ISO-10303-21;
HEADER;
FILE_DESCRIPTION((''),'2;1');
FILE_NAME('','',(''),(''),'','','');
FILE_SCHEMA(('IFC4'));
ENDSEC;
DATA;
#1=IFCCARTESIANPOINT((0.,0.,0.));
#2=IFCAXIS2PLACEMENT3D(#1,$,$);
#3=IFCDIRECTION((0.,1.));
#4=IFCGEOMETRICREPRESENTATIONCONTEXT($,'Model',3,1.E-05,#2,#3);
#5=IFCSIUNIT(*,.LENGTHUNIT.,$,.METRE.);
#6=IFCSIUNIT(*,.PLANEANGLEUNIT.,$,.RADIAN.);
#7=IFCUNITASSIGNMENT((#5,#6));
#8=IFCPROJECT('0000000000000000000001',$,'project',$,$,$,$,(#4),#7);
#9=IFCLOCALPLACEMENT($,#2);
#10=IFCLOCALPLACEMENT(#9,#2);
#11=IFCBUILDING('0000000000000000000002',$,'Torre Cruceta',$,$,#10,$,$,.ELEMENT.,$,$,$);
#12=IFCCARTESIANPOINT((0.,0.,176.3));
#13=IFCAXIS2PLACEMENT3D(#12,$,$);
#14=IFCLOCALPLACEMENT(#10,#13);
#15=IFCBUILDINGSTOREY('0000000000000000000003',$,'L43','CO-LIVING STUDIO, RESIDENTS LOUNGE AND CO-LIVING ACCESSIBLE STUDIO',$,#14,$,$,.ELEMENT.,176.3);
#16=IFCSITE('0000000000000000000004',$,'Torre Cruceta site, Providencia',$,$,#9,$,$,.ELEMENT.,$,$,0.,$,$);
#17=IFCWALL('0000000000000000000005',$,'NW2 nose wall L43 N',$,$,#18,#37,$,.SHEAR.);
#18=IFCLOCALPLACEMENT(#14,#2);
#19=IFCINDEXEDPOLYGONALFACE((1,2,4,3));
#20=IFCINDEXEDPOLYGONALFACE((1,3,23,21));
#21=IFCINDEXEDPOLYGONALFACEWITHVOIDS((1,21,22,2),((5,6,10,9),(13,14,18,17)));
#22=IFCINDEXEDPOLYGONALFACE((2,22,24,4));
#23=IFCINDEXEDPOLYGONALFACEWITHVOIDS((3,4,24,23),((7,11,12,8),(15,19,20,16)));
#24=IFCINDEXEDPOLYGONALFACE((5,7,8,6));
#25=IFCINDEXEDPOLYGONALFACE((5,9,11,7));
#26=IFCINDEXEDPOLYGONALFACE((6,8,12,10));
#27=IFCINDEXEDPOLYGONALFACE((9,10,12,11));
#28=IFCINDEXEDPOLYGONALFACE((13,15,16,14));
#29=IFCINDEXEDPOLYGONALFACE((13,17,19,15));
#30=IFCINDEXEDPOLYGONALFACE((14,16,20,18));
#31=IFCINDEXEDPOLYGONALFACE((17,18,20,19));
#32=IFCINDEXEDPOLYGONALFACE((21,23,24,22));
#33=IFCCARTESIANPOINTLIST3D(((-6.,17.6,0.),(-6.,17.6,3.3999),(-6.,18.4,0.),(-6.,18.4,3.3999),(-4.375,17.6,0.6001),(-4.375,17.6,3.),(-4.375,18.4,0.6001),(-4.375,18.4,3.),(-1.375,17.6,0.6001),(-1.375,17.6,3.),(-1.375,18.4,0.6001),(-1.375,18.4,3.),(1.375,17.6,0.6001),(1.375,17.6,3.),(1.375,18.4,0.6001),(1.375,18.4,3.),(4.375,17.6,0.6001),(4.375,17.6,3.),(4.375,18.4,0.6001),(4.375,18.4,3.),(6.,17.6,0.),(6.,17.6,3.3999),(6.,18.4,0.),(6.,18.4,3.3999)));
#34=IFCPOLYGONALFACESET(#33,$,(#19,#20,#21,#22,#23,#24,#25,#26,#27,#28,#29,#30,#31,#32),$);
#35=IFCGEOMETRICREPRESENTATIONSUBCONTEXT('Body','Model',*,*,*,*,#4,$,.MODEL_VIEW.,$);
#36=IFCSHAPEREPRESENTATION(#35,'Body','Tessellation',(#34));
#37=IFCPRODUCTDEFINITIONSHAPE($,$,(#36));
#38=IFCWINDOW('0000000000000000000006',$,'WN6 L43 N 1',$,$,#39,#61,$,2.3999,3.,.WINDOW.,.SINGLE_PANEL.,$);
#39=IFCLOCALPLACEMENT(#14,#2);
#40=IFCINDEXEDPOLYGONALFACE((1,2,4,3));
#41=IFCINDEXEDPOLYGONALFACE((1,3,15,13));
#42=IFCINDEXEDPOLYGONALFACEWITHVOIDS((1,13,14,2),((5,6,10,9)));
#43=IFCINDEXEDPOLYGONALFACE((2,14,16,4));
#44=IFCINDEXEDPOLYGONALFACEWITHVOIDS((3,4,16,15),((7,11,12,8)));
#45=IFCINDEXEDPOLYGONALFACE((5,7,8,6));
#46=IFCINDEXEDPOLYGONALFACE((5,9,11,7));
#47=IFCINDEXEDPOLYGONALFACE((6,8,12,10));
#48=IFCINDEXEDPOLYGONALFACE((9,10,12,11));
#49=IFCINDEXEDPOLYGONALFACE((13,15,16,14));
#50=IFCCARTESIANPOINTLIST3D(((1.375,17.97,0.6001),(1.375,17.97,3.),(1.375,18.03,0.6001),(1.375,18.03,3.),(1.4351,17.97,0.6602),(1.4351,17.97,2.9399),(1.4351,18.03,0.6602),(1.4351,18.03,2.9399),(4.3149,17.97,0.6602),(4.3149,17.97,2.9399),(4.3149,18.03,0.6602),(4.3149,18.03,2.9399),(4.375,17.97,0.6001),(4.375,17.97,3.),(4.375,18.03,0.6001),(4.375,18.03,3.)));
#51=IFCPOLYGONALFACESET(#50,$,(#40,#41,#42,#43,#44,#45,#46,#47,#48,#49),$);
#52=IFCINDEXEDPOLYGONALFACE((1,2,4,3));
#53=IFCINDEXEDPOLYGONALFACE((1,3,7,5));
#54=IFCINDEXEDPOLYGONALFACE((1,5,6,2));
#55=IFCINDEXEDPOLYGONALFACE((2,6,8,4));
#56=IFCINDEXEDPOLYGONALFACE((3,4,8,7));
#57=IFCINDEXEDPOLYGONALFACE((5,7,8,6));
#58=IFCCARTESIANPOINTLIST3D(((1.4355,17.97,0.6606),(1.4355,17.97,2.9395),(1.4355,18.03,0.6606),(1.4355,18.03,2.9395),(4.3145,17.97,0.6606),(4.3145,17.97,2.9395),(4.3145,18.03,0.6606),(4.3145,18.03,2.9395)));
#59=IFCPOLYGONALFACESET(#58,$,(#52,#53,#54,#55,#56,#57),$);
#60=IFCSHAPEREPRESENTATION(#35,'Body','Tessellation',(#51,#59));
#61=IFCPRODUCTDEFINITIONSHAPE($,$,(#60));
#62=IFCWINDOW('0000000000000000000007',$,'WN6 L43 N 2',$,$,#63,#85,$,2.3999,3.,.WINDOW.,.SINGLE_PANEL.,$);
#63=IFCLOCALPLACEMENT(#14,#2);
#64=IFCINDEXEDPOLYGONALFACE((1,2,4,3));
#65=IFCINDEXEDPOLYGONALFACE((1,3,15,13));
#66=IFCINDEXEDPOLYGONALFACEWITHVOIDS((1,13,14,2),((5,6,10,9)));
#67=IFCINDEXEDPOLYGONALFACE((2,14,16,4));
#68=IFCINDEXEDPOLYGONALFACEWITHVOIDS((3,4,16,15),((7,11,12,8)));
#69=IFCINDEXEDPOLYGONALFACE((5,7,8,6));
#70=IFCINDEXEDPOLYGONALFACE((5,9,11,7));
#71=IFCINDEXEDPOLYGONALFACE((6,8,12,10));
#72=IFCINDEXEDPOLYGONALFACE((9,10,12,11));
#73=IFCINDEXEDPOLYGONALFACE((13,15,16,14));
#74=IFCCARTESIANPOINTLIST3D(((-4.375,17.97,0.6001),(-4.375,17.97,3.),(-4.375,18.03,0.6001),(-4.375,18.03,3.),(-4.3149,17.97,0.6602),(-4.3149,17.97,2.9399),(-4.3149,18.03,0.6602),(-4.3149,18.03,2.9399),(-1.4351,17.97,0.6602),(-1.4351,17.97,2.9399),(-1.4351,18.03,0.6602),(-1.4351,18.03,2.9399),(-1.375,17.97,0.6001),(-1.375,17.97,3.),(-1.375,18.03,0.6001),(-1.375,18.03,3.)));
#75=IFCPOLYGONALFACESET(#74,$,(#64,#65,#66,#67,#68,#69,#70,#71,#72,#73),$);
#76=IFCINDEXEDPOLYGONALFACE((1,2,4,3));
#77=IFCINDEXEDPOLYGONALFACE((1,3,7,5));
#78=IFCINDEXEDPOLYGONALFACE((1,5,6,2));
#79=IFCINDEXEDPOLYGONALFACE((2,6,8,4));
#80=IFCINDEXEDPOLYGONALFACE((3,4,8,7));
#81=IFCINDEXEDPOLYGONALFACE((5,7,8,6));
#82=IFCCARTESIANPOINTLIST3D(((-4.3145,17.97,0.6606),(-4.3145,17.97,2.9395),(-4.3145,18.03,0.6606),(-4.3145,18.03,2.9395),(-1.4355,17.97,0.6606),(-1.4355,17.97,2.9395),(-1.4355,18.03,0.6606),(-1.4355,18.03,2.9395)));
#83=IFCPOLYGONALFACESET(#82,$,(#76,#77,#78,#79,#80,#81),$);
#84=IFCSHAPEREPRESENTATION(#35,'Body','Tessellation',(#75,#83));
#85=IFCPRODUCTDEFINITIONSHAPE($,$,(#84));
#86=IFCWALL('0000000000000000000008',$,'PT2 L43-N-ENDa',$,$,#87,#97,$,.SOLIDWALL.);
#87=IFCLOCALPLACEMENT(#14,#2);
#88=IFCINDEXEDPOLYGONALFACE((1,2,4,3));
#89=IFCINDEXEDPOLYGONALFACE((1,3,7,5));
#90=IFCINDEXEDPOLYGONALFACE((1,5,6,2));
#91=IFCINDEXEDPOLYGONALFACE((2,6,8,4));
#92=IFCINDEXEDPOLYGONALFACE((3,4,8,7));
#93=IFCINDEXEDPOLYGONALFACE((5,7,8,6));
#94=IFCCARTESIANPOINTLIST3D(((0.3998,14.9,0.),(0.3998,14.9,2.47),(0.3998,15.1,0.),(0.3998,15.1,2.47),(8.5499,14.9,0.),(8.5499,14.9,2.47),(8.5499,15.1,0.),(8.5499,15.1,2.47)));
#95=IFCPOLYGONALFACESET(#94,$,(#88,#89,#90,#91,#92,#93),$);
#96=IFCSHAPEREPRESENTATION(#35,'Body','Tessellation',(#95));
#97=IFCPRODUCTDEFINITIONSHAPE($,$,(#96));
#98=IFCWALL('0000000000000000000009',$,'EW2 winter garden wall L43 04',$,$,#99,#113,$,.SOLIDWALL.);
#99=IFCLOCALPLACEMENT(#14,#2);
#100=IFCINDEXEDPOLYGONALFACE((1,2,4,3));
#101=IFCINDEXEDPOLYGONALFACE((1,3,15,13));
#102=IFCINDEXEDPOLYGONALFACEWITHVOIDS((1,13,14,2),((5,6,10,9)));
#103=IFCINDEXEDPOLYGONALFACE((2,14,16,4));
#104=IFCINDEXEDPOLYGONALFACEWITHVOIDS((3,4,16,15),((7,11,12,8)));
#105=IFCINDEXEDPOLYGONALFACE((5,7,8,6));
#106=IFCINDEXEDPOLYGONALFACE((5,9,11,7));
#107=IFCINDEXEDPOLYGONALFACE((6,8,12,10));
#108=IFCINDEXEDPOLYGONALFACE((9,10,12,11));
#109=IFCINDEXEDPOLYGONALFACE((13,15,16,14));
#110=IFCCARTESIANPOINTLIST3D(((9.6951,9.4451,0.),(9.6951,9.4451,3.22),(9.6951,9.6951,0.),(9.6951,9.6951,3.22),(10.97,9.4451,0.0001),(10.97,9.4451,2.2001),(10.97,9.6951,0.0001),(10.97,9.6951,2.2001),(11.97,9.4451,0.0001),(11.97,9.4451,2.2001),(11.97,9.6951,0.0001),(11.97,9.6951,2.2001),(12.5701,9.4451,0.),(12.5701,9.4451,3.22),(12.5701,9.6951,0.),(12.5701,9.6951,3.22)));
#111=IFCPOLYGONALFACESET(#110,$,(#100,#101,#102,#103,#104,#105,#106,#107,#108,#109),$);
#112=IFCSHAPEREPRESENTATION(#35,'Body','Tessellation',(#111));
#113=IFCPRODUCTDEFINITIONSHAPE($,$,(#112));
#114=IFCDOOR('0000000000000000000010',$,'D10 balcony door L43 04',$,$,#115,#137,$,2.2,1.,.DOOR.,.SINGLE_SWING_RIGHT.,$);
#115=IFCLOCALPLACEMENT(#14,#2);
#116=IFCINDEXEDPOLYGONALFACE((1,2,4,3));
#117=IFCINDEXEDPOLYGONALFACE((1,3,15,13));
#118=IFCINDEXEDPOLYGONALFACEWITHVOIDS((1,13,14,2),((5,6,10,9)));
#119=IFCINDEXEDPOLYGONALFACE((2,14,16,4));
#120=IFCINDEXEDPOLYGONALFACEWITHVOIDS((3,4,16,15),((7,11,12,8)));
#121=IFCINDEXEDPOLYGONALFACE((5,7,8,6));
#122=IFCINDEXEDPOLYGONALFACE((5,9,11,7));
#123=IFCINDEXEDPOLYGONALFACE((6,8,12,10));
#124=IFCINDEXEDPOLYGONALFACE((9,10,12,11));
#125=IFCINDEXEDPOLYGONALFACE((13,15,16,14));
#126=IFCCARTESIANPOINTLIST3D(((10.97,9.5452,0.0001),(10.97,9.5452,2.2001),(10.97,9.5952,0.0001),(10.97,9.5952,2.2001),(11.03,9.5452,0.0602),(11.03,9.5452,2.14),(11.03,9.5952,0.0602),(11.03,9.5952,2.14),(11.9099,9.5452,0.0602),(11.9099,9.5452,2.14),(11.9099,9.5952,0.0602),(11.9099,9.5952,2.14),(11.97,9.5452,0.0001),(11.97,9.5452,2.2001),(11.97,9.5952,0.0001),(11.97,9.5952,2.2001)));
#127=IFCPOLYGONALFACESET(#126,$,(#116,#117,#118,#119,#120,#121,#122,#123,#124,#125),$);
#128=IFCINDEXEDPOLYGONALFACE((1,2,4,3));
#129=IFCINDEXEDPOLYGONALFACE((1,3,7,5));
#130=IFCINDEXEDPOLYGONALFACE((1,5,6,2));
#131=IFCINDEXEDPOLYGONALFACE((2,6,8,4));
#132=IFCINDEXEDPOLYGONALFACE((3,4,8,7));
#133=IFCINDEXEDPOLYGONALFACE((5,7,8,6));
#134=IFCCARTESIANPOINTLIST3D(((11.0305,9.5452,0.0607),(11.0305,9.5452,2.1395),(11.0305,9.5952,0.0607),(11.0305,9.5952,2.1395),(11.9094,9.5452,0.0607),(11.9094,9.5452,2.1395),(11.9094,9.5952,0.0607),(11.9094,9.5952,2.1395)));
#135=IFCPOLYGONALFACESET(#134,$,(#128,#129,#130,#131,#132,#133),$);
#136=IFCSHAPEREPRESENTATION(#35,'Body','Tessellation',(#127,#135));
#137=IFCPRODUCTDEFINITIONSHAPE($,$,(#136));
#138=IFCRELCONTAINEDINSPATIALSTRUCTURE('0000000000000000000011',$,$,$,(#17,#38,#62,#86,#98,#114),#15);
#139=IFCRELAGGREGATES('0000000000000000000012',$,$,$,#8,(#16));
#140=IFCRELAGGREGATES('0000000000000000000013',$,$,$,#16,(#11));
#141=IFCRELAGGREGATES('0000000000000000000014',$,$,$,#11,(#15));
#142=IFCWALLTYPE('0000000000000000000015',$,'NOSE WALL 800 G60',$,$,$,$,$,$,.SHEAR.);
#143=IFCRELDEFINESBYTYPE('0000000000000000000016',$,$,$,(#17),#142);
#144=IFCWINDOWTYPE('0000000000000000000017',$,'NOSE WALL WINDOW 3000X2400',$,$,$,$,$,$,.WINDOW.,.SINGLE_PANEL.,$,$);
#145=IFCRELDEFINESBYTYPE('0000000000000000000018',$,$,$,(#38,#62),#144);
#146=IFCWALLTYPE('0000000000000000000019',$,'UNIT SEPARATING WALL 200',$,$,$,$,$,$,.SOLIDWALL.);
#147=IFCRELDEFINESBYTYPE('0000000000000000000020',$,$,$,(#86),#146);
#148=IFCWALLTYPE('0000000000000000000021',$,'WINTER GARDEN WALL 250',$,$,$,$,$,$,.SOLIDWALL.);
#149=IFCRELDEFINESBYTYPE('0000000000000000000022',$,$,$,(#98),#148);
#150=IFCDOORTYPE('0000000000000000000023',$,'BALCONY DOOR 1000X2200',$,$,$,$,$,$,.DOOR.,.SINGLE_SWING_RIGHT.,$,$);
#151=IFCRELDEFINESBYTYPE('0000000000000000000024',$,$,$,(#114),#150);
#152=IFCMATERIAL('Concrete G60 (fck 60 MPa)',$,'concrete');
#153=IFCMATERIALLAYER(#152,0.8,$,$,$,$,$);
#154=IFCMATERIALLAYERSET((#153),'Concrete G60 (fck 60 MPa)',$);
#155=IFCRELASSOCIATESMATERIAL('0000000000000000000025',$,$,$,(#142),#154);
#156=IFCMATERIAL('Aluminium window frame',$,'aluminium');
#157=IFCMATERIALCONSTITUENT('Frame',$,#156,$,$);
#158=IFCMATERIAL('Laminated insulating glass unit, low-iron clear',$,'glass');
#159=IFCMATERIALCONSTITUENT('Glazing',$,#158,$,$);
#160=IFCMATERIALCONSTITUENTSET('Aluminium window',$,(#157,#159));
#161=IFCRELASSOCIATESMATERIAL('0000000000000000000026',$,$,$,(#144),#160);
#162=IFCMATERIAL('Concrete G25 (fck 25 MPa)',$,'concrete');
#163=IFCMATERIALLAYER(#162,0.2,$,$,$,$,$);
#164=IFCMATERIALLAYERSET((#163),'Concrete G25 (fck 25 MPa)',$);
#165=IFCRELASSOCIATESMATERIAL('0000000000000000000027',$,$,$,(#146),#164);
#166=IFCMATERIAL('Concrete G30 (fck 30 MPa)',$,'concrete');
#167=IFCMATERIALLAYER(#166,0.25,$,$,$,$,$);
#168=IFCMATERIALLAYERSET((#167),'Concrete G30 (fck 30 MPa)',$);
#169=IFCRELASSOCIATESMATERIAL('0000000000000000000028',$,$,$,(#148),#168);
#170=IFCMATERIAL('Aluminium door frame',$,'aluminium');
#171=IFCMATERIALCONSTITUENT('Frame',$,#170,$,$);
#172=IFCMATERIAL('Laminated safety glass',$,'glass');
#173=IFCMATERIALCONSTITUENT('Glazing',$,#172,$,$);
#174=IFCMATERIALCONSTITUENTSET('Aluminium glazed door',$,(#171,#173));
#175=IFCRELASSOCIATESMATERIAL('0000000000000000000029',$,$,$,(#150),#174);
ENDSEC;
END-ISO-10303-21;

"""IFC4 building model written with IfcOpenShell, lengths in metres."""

from ifc_helpers import new_model, si_unit, direction, frame, frame_2d, origin, place, context, subcontext, project, spatial, rectangle, hollow_rectangle, extrude, material, layer, layer_set, constituent, constituent_set, type_object, element, fill, save


model = new_model("IFC4")

# Units and contexts
model_context = context("Model", 3, precision=1e-05, world=origin(), true_north=direction((0.0, 1.0)))
body_context = subcontext(model_context, "Body", "Model", "MODEL_VIEW")
ifc_project = project(units=[si_unit("LENGTHUNIT", "METRE"), si_unit("PLANEANGLEUNIT", "RADIAN")], contexts=[model_context])

# Site, building, storey
site_placement = place(None, origin())
site = spatial("IfcSite", under=ifc_project, at=site_placement, Name="Torre Cruceta site, Providencia", CompositionType="ELEMENT", RefElevation=0.0)
building_placement = place(site_placement, origin())
building = spatial("IfcBuilding", under=site, at=building_placement, Name="Torre Cruceta", CompositionType="ELEMENT")
storey_placement = place(building_placement, frame((0.0, 0.0, 176.3)))
storey = spatial("IfcBuildingStorey", under=building, at=storey_placement, Name="L43", Description="CO-LIVING STUDIO, RESIDENTS LOUNGE AND CO-LIVING ACCESSIBLE STUDIO", CompositionType="ELEMENT", Elevation=176.3)

# Wall, openings, windows
ifc_material_1 = material(Name="Concrete G60 (fck 60 MPa)", Category="concrete")
ifc_layer_1 = layer(ifc_material_1, 0.8)
ifc_layer_set_1 = layer_set([ifc_layer_1], Name="Concrete G60 (fck 60 MPa)")
wall_type_1 = type_object("IfcWallType", Name="NOSE WALL 800 G60", PredefinedType="SHEAR", material=ifc_layer_set_1)
wall_1_placement = place(storey_placement, frame((6.0, 18.0, 0.0), z_axis=(0.0, 0.0, 1.0), x_axis=(-1.0, 0.0, 0.0)))
wall_1 = element("IfcWall", 1, at=wall_1_placement, inside=storey, type_object=wall_type_1, Name="NW2 nose wall L43 N", PredefinedType="SHEAR", context=body_context, shape_type="SweptSolid", body=[
    extrude(rectangle(XDim=12.0, YDim=0.8, at=frame_2d((6.0, 0.0))), origin(), (0.0, 0.0, 1.0), 3.3999),
])
opening_1_placement = place(wall_1_placement, frame((1.625, 0.0, 0.6001)))
opening_1 = element("IfcOpeningElement", 2, at=opening_1_placement, cuts=wall_1, PredefinedType="OPENING", context=body_context, shape_type="SweptSolid", body=[
    extrude(rectangle(XDim=3.0, YDim=2.3999, at=frame_2d((1.5, 1.2))), frame((0.0, 0.4099, 0.0), z_axis=(0.0, -1.0, 0.0), x_axis=(1.0, 0.0, 0.0)), (0.0, 0.0, 1.0), 0.8201),
])
opening_2_placement = place(wall_1_placement, frame((7.375, 0.0, 0.6001)))
opening_2 = element("IfcOpeningElement", 3, at=opening_2_placement, cuts=wall_1, PredefinedType="OPENING", context=body_context, shape_type="SweptSolid", body=[
    extrude(rectangle(XDim=3.0, YDim=2.3999, at=frame_2d((1.5, 1.2))), frame((0.0, 0.4099, 0.0), z_axis=(0.0, -1.0, 0.0), x_axis=(1.0, 0.0, 0.0)), (0.0, 0.0, 1.0), 0.8201),
])
ifc_material_2 = material(Name="Aluminium window frame", Category="aluminium")
ifc_constituent_1 = constituent(ifc_material_2, Name="Frame")
ifc_material_3 = material(Name="Laminated insulating glass unit, low-iron clear", Category="glass")
ifc_constituent_2 = constituent(ifc_material_3, Name="Glazing")
ifc_constituent_set_1 = constituent_set(constituents=[ifc_constituent_1, ifc_constituent_2], Name="Aluminium window")
window_type_1 = type_object("IfcWindowType", Name="NOSE WALL WINDOW 3000X2400", PartitioningType="SINGLE_PANEL", PredefinedType="WINDOW", material=ifc_constituent_set_1)
window_1_placement = place(opening_1_placement, origin())
window_1 = element("IfcWindow", 4, at=window_1_placement, inside=storey, type_object=window_type_1, Name="WN6 L43 N 1", OverallHeight=2.3999, OverallWidth=3.0, PartitioningType="SINGLE_PANEL", PredefinedType="WINDOW", context=body_context, shape_type="SweptSolid", body=[
    extrude(hollow_rectangle(XDim=3.0, YDim=2.3999, WallThickness=0.0601, at=frame_2d((1.5, 1.2))), frame((0.0, 0.03, 0.0), z_axis=(0.0, -1.0, 0.0), x_axis=(1.0, 0.0, 0.0)), (0.0, 0.0, 1.0), 0.0601),
    extrude(rectangle(XDim=2.8789, YDim=2.2788, at=frame_2d((1.5, 1.2))), frame((0.0, 0.03, 0.0), z_axis=(0.0, -1.0, 0.0), x_axis=(1.0, 0.0, 0.0)), (0.0, 0.0, 1.0), 0.0601),
])
fill(opening_1, window_1)
window_2_placement = place(opening_2_placement, origin())
window_2 = element("IfcWindow", 5, at=window_2_placement, inside=storey, type_object=window_type_1, Name="WN6 L43 N 2", OverallHeight=2.3999, OverallWidth=3.0, PartitioningType="SINGLE_PANEL", PredefinedType="WINDOW", context=body_context, shape_type="SweptSolid", body=[
    extrude(hollow_rectangle(XDim=3.0, YDim=2.3999, WallThickness=0.0601, at=frame_2d((1.5, 1.2))), frame((0.0, 0.03, 0.0), z_axis=(0.0, -1.0, 0.0), x_axis=(1.0, 0.0, 0.0)), (0.0, 0.0, 1.0), 0.0601),
    extrude(rectangle(XDim=2.8789, YDim=2.2788, at=frame_2d((1.5, 1.2))), frame((0.0, 0.03, 0.0), z_axis=(0.0, -1.0, 0.0), x_axis=(1.0, 0.0, 0.0)), (0.0, 0.0, 1.0), 0.0601),
])
fill(opening_2, window_2)

# Wall
ifc_material_4 = material(Name="Concrete G25 (fck 25 MPa)", Category="concrete")
ifc_layer_2 = layer(ifc_material_4, 0.2)
ifc_layer_set_2 = layer_set([ifc_layer_2], Name="Concrete G25 (fck 25 MPa)")
wall_type_2 = type_object("IfcWallType", Name="UNIT SEPARATING WALL 200", PredefinedType="SOLIDWALL", material=ifc_layer_set_2)
wall_2_placement = place(storey_placement, frame((8.55, 15.0, 0.0), z_axis=(0.0, 0.0, 1.0), x_axis=(-1.0, 0.0, 0.0)))
element("IfcWall", 6, at=wall_2_placement, inside=storey, type_object=wall_type_2, Name="PT2 L43-N-ENDa", PredefinedType="SOLIDWALL", context=body_context, shape_type="SweptSolid", body=[
    extrude(rectangle(XDim=8.1501, YDim=0.2, at=frame_2d((4.0752, 0.0))), origin(), (0.0, 0.0, 1.0), 2.47),
])

# Wall, opening, door
ifc_material_5 = material(Name="Concrete G30 (fck 30 MPa)", Category="concrete")
ifc_layer_3 = layer(ifc_material_5, 0.25)
ifc_layer_set_3 = layer_set([ifc_layer_3], Name="Concrete G30 (fck 30 MPa)")
wall_type_3 = type_object("IfcWallType", Name="WINTER GARDEN WALL 250", PredefinedType="SOLIDWALL", material=ifc_layer_set_3)
wall_3_placement = place(storey_placement, frame((12.5701, 9.5701, 0.0), z_axis=(0.0, 0.0, 1.0), x_axis=(-1.0, 0.0, 0.0)))
wall_3 = element("IfcWall", 7, at=wall_3_placement, inside=storey, type_object=wall_type_3, Name="EW2 winter garden wall L43 04", PredefinedType="SOLIDWALL", context=body_context, shape_type="SweptSolid", body=[
    extrude(rectangle(XDim=2.875, YDim=0.25, at=frame_2d((1.4375, 0.0))), origin(), (0.0, 0.0, 1.0), 3.22),
])
opening_3_placement = place(wall_3_placement, frame((0.6001, 0.0, 0.0)))
opening_3 = element("IfcOpeningElement", 8, at=opening_3_placement, cuts=wall_3, PredefinedType="OPENING", context=body_context, shape_type="SweptSolid", body=[
    extrude(rectangle(XDim=1.0, YDim=2.2, at=frame_2d((0.5, 1.1001))), frame((0.0, 0.135, 0.0), z_axis=(0.0, -1.0, 0.0), x_axis=(1.0, 0.0, 0.0)), (0.0, 0.0, 1.0), 0.27),
])
ifc_material_6 = material(Name="Aluminium door frame", Category="aluminium")
ifc_constituent_3 = constituent(ifc_material_6, Name="Frame")
ifc_material_7 = material(Name="Laminated safety glass", Category="glass")
ifc_constituent_4 = constituent(ifc_material_7, Name="Glazing")
ifc_constituent_set_2 = constituent_set(constituents=[ifc_constituent_3, ifc_constituent_4], Name="Aluminium glazed door")
door_type = type_object("IfcDoorType", Name="BALCONY DOOR 1000X2200", OperationType="SINGLE_SWING_RIGHT", PredefinedType="DOOR", material=ifc_constituent_set_2)
door_1_placement = place(opening_3_placement, origin())
door_1 = element("IfcDoor", 9, at=door_1_placement, inside=storey, type_object=door_type, Name="D10 balcony door L43 04", OperationType="SINGLE_SWING_RIGHT", OverallHeight=2.2, OverallWidth=1.0, PredefinedType="DOOR", context=body_context, shape_type="SweptSolid", body=[
    extrude(hollow_rectangle(XDim=1.0, YDim=2.2, WallThickness=0.0601, at=frame_2d((0.5, 1.1001))), frame((0.0, 0.0249, 0.0), z_axis=(0.0, -1.0, 0.0), x_axis=(1.0, 0.0, 0.0)), (0.0, 0.0, 1.0), 0.05),
    extrude(rectangle(XDim=0.8789, YDim=2.0789, at=frame_2d((0.5, 1.1001))), frame((0.0, 0.0249, 0.0), z_axis=(0.0, -1.0, 0.0), x_axis=(1.0, 0.0, 0.0)), (0.0, 0.0, 1.0), 0.05),
])
fill(opening_3, door_1)

save(model, "model.ifc")
